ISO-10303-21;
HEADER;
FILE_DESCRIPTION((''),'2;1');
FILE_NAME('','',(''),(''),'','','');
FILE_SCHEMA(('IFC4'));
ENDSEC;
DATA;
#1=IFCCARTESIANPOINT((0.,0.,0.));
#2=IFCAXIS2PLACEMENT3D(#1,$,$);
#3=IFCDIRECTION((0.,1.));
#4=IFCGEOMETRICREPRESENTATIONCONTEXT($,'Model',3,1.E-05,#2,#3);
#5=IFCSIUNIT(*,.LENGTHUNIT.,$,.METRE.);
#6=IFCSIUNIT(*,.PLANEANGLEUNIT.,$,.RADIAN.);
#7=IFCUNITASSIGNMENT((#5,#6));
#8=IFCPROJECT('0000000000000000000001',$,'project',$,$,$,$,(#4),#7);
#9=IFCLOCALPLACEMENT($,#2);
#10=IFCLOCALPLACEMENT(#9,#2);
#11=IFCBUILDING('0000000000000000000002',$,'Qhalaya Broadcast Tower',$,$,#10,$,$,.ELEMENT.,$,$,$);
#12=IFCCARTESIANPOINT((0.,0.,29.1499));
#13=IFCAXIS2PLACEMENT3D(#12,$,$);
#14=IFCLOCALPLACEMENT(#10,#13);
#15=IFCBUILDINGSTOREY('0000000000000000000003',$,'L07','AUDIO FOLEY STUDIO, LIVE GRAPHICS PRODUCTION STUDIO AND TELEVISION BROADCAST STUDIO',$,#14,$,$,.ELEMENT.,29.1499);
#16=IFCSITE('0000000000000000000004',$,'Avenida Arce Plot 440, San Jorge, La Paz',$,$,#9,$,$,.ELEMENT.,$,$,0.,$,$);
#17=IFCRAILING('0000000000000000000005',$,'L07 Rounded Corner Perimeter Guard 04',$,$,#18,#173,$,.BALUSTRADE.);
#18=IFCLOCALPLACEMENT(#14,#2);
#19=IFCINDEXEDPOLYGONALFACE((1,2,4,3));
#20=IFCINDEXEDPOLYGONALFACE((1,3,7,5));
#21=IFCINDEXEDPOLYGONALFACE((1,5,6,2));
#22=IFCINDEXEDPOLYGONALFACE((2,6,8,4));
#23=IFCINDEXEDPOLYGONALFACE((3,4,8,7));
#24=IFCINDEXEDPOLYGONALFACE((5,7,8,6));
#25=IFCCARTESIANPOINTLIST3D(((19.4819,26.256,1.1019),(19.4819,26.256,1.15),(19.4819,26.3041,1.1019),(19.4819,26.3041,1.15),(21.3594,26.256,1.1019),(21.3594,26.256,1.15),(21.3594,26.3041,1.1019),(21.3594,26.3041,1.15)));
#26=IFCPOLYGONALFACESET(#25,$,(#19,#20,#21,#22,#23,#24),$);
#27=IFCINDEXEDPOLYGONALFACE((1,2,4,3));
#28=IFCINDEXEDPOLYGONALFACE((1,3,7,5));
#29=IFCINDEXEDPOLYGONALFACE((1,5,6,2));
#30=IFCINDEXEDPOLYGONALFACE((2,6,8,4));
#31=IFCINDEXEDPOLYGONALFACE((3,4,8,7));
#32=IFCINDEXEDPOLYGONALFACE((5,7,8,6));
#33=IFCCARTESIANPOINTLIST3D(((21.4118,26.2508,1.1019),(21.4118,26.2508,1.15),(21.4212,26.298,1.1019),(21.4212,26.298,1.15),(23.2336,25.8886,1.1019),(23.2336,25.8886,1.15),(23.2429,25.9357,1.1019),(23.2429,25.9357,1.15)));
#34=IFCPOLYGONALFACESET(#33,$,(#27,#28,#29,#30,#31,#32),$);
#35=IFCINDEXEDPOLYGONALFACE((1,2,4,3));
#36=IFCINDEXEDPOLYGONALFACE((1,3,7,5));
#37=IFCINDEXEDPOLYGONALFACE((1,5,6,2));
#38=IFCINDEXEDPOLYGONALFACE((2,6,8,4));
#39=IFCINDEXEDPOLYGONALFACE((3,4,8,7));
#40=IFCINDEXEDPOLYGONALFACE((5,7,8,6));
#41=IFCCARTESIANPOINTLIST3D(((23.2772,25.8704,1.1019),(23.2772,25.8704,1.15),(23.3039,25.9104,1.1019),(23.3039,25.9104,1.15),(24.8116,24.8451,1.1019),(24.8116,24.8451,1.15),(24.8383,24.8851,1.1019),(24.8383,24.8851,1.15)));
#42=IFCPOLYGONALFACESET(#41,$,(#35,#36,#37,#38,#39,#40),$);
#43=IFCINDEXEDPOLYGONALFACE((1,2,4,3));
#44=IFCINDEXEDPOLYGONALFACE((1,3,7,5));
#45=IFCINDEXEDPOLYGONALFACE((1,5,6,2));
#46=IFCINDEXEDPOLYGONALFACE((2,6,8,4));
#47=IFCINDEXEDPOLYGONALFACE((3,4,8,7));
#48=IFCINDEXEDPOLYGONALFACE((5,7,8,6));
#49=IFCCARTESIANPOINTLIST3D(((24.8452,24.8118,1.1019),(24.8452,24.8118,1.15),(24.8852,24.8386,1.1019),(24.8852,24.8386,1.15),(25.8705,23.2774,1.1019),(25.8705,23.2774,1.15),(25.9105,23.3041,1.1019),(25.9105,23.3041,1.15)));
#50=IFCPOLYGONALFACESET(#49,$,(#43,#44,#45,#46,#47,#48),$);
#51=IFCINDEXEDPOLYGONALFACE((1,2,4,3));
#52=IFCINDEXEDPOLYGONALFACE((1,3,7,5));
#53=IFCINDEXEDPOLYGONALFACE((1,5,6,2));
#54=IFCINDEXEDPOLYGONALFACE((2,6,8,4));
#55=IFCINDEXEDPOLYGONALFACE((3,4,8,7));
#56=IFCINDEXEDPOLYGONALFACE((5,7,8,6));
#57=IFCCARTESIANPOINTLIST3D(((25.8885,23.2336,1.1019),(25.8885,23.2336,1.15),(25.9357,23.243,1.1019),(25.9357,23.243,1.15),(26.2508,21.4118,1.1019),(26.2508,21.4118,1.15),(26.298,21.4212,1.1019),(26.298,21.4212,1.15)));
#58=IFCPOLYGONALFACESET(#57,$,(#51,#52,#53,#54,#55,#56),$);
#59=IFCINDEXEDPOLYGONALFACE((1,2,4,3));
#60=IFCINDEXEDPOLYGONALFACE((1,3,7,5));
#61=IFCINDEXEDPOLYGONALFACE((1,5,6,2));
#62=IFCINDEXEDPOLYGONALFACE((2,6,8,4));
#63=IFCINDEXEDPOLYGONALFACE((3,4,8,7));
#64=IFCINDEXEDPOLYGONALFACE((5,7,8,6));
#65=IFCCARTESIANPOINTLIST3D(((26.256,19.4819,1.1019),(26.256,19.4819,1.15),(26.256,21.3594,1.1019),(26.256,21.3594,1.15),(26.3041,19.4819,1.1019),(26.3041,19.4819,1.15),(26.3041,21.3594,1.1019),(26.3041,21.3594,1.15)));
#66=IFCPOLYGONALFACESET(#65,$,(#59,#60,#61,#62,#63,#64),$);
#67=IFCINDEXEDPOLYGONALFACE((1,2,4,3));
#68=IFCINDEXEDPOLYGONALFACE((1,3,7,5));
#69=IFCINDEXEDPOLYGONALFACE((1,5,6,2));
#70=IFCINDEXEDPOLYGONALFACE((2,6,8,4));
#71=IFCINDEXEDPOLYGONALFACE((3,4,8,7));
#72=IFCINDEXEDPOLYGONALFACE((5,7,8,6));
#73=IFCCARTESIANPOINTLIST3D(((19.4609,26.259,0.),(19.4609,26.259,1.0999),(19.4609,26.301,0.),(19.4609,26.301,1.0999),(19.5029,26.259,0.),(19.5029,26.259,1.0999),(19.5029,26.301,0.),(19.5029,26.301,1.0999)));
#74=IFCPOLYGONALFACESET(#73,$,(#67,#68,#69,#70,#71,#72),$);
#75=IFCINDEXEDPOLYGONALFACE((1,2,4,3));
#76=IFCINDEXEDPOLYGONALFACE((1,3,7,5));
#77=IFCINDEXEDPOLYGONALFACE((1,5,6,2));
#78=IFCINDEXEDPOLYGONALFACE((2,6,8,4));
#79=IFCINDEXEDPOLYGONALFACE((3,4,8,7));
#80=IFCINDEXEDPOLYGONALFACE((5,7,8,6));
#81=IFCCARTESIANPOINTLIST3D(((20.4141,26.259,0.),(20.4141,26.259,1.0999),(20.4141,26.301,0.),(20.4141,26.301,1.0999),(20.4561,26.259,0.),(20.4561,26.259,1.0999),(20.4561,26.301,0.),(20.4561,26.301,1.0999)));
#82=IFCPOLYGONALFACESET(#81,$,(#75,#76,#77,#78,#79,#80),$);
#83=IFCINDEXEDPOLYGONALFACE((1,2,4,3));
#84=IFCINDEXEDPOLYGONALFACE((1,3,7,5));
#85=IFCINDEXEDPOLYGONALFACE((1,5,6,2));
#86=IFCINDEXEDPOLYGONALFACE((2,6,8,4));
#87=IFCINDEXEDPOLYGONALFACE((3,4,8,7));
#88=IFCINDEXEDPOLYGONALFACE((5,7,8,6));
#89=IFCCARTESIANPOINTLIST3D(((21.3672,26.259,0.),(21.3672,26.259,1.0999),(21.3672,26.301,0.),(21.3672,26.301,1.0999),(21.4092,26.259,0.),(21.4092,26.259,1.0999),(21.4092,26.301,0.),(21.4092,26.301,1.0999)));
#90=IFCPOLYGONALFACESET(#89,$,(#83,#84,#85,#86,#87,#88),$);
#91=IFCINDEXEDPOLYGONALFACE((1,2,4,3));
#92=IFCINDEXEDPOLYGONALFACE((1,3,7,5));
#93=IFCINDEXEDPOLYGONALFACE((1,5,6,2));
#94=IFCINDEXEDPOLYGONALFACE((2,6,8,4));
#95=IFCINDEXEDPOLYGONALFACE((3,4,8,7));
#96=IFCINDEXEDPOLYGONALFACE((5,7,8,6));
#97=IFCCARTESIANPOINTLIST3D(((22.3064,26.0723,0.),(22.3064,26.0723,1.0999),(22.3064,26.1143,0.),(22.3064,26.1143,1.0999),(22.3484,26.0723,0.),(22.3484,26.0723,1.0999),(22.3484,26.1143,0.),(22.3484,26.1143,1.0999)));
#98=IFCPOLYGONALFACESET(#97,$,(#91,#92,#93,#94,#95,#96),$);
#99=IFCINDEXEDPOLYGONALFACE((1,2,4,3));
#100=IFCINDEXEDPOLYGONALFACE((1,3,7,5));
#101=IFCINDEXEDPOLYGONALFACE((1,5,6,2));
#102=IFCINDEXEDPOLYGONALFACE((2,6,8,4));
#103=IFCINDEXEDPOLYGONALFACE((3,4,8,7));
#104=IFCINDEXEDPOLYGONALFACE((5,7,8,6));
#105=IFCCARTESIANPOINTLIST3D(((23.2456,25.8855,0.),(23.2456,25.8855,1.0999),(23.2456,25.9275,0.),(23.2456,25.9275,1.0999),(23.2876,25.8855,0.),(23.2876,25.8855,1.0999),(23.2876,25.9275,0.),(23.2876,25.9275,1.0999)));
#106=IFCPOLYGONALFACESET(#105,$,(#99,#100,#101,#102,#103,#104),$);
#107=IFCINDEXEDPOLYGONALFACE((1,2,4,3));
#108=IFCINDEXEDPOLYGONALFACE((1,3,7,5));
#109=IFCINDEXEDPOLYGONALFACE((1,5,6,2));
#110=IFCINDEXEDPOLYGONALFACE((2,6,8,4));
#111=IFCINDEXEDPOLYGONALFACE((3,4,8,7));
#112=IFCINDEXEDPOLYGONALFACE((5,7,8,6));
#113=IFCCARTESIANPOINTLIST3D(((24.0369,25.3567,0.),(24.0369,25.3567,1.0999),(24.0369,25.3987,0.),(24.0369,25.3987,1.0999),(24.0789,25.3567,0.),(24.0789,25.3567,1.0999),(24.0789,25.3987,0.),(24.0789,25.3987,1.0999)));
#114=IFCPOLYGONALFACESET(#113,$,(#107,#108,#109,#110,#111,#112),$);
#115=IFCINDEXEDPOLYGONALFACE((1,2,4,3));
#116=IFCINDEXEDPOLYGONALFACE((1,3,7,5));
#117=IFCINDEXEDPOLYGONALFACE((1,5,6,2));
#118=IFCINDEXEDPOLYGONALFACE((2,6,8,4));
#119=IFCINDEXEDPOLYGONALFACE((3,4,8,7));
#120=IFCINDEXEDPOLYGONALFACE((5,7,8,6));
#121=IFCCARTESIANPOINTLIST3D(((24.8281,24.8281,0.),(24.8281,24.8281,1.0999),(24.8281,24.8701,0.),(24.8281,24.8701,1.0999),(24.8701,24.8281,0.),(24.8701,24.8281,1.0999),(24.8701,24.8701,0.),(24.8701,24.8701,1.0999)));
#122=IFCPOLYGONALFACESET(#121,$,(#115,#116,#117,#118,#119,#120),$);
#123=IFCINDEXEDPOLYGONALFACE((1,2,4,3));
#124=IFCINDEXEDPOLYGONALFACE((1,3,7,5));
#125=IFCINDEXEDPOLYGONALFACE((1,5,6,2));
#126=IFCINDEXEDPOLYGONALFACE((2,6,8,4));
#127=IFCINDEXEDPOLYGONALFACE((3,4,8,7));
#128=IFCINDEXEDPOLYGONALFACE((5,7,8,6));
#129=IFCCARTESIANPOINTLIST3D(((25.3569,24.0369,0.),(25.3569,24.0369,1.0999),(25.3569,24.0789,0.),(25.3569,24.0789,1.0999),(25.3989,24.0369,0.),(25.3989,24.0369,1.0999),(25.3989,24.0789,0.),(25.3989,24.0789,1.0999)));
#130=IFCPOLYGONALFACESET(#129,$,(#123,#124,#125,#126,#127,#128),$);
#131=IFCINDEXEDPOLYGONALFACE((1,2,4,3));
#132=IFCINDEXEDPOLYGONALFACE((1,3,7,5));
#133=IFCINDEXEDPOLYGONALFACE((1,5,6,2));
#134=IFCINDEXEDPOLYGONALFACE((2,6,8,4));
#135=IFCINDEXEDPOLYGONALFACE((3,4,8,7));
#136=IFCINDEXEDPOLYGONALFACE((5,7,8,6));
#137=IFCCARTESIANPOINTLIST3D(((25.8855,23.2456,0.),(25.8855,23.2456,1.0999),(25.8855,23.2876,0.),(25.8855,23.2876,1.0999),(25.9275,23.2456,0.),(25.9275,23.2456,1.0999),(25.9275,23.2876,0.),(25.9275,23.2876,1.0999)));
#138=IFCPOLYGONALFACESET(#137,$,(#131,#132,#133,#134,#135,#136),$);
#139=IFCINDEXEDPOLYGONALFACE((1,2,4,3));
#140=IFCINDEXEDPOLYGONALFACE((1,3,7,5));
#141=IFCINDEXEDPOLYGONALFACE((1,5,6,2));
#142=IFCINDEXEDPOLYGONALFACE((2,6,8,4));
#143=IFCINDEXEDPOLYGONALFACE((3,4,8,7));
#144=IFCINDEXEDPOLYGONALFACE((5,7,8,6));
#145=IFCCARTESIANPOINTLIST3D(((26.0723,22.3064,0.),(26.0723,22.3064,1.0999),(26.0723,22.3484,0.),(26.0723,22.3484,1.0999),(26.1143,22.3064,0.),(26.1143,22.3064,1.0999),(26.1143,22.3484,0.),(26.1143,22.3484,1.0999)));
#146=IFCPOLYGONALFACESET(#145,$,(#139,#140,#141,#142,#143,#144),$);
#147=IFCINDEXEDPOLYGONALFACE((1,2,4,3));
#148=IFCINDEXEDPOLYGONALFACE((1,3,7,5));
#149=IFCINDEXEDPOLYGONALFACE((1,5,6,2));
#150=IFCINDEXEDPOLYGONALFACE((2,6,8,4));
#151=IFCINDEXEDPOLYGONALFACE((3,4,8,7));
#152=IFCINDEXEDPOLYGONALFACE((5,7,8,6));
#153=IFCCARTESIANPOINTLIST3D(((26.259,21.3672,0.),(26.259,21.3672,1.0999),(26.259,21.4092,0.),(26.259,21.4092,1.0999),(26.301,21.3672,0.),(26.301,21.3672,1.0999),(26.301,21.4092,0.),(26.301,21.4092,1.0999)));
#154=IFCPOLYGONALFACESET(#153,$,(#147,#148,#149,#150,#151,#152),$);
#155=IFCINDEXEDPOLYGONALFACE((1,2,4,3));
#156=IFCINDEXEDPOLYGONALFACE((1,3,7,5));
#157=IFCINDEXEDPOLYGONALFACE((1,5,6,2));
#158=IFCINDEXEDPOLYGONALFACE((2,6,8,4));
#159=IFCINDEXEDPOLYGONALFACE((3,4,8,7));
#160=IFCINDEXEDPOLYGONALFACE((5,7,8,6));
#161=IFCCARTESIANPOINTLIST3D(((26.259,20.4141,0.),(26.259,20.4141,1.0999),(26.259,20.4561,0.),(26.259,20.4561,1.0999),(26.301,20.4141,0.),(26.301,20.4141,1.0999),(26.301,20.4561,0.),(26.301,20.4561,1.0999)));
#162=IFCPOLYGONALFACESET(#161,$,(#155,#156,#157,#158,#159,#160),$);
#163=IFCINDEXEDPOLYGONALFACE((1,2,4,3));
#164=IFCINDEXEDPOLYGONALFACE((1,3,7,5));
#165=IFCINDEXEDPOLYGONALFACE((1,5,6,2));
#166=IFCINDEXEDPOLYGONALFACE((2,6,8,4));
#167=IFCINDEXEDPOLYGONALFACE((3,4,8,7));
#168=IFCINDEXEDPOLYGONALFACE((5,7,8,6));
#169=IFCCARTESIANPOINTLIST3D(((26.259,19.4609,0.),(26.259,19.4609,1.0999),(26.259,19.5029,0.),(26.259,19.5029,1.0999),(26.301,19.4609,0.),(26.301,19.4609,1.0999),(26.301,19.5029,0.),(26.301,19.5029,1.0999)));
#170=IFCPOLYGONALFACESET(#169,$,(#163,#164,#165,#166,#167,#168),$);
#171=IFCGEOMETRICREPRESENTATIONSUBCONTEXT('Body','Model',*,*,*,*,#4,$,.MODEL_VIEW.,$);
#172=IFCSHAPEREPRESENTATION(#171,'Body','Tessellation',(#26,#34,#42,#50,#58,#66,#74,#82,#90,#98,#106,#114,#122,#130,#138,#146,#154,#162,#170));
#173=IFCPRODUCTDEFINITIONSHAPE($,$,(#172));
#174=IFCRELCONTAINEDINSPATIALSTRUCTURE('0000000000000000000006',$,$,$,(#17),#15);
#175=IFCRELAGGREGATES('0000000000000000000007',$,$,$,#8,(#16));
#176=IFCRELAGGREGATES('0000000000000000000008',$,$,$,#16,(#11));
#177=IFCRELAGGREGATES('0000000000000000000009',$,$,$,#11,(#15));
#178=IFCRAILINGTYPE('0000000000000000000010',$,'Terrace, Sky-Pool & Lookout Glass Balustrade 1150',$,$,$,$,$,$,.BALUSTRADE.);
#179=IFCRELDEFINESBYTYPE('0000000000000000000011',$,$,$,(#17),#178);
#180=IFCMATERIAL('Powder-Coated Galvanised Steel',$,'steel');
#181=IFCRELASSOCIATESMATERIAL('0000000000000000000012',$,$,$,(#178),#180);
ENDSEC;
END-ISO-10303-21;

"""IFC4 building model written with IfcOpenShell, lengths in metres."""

from ifc_helpers import new_model, si_unit, direction, frame, origin, origin_2d, place, context, subcontext, project, spatial, rectangle, extrude, material, type_object, element, save


model = new_model("IFC4")

# Units and contexts
model_context = context("Model", 3, precision=1e-05, world=origin(), true_north=direction((0.0, 1.0)))
body_context = subcontext(model_context, "Body", "Model", "MODEL_VIEW")
ifc_project = project(units=[si_unit("LENGTHUNIT", "METRE"), si_unit("PLANEANGLEUNIT", "RADIAN")], contexts=[model_context])

# Site, building, storey
site_placement = place(None, origin())
site = spatial("IfcSite", under=ifc_project, at=site_placement, Name="Avenida Arce Plot 440, San Jorge, La Paz", CompositionType="ELEMENT", RefElevation=0.0)
building_placement = place(site_placement, origin())
building = spatial("IfcBuilding", under=site, at=building_placement, Name="Qhalaya Broadcast Tower", CompositionType="ELEMENT")
storey_placement = place(building_placement, frame((0.0, 0.0, 29.1499)))
storey = spatial("IfcBuildingStorey", under=building, at=storey_placement, Name="L07", Description="AUDIO FOLEY STUDIO, LIVE GRAPHICS PRODUCTION STUDIO AND TELEVISION BROADCAST STUDIO", CompositionType="ELEMENT", Elevation=29.1499)

# Railing
ifc_material_1 = material(Name="Powder-Coated Galvanised Steel", Category="steel")
railing_type = type_object("IfcRailingType", Name="Terrace, Sky-Pool & Lookout Glass Balustrade 1150", PredefinedType="BALUSTRADE", material=ifc_material_1)
railing_placement = place(storey_placement, frame((19.4819, 26.28, 0.0)))
element("IfcRailing", 1, at=railing_placement, inside=storey, type_object=railing_type, Name="L07 Rounded Corner Perimeter Guard 04", PredefinedType="BALUSTRADE", context=body_context, shape_type="SweptSolid", body=[
    extrude(rectangle(XDim=0.0481, YDim=0.0481, at=origin_2d()), frame((0.0, 0.0, 1.126), z_axis=(1.0, 0.0, 0.0), x_axis=(0.0, 1.0, 0.0)), (0.0, 0.0, 1.0), 1.8774),
    extrude(rectangle(XDim=0.0481, YDim=0.0481, at=origin_2d()), frame((1.9346, -0.0056, 1.126), z_axis=(0.980796, -0.195037, 0.0), x_axis=(0.195037, 0.980796, 0.0)), (0.0, 0.0, 1.0), 1.8574),
    extrude(rectangle(XDim=0.0481, YDim=0.0481, at=origin_2d()), frame((3.8086, -0.3896, 1.126), z_axis=(0.831478, -0.555558, 0.0), x_axis=(0.555558, 0.831478, 0.0)), (0.0, 0.0, 1.0), 1.8455),
    extrude(rectangle(XDim=0.0481, YDim=0.0481, at=origin_2d()), frame((5.3833, -1.4548, 1.126), z_axis=(0.555558, -0.831478, 0.0), x_axis=(0.831478, 0.555558, 0.0)), (0.0, 0.0, 1.0), 1.8455),
    extrude(rectangle(XDim=0.0481, YDim=0.0481, at=origin_2d()), frame((6.4302, -3.0417, 1.126), z_axis=(0.195037, -0.980796, 0.0), x_axis=(0.980796, 0.195037, 0.0)), (0.0, 0.0, 1.0), 1.8574),
    extrude(rectangle(XDim=0.0481, YDim=0.0481, at=origin_2d()), frame((6.7981, -4.9207, 1.126), z_axis=(0.0, -1.0, 0.0), x_axis=(1.0, 0.0, 0.0)), (0.0, 0.0, 1.0), 1.8774),
    extrude(rectangle(XDim=0.042, YDim=0.042, at=origin_2d()), origin(), (0.0, 0.0, 1.0), 1.0999),
    extrude(rectangle(XDim=0.042, YDim=0.042, at=origin_2d()), frame((0.9531, 0.0, 0.0)), (0.0, 0.0, 1.0), 1.0999),
    extrude(rectangle(XDim=0.042, YDim=0.042, at=origin_2d()), frame((1.9062, 0.0, 0.0)), (0.0, 0.0, 1.0), 1.0999),
    extrude(rectangle(XDim=0.042, YDim=0.042, at=origin_2d()), frame((2.8455, -0.1868, 0.0)), (0.0, 0.0, 1.0), 1.0999),
    extrude(rectangle(XDim=0.042, YDim=0.042, at=origin_2d()), frame((3.7847, -0.3735, 0.0)), (0.0, 0.0, 1.0), 1.0999),
    extrude(rectangle(XDim=0.042, YDim=0.042, at=origin_2d()), frame((4.5759, -0.9023, 0.0)), (0.0, 0.0, 1.0), 1.0999),
    extrude(rectangle(XDim=0.042, YDim=0.042, at=origin_2d()), frame((5.3672, -1.4309, 0.0)), (0.0, 0.0, 1.0), 1.0999),
    extrude(rectangle(XDim=0.042, YDim=0.042, at=origin_2d()), frame((5.896, -2.2222, 0.0)), (0.0, 0.0, 1.0), 1.0999),
    extrude(rectangle(XDim=0.042, YDim=0.042, at=origin_2d()), frame((6.4246, -3.0134, 0.0)), (0.0, 0.0, 1.0), 1.0999),
    extrude(rectangle(XDim=0.042, YDim=0.042, at=origin_2d()), frame((6.6113, -3.9526, 0.0)), (0.0, 0.0, 1.0), 1.0999),
    extrude(rectangle(XDim=0.042, YDim=0.042, at=origin_2d()), frame((6.7981, -4.8918, 0.0)), (0.0, 0.0, 1.0), 1.0999),
    extrude(rectangle(XDim=0.042, YDim=0.042, at=origin_2d()), frame((6.7981, -5.845, 0.0)), (0.0, 0.0, 1.0), 1.0999),
    extrude(rectangle(XDim=0.042, YDim=0.042, at=origin_2d()), frame((6.7981, -6.7981, 0.0)), (0.0, 0.0, 1.0), 1.0999),
])

save(model, "model.ifc")
